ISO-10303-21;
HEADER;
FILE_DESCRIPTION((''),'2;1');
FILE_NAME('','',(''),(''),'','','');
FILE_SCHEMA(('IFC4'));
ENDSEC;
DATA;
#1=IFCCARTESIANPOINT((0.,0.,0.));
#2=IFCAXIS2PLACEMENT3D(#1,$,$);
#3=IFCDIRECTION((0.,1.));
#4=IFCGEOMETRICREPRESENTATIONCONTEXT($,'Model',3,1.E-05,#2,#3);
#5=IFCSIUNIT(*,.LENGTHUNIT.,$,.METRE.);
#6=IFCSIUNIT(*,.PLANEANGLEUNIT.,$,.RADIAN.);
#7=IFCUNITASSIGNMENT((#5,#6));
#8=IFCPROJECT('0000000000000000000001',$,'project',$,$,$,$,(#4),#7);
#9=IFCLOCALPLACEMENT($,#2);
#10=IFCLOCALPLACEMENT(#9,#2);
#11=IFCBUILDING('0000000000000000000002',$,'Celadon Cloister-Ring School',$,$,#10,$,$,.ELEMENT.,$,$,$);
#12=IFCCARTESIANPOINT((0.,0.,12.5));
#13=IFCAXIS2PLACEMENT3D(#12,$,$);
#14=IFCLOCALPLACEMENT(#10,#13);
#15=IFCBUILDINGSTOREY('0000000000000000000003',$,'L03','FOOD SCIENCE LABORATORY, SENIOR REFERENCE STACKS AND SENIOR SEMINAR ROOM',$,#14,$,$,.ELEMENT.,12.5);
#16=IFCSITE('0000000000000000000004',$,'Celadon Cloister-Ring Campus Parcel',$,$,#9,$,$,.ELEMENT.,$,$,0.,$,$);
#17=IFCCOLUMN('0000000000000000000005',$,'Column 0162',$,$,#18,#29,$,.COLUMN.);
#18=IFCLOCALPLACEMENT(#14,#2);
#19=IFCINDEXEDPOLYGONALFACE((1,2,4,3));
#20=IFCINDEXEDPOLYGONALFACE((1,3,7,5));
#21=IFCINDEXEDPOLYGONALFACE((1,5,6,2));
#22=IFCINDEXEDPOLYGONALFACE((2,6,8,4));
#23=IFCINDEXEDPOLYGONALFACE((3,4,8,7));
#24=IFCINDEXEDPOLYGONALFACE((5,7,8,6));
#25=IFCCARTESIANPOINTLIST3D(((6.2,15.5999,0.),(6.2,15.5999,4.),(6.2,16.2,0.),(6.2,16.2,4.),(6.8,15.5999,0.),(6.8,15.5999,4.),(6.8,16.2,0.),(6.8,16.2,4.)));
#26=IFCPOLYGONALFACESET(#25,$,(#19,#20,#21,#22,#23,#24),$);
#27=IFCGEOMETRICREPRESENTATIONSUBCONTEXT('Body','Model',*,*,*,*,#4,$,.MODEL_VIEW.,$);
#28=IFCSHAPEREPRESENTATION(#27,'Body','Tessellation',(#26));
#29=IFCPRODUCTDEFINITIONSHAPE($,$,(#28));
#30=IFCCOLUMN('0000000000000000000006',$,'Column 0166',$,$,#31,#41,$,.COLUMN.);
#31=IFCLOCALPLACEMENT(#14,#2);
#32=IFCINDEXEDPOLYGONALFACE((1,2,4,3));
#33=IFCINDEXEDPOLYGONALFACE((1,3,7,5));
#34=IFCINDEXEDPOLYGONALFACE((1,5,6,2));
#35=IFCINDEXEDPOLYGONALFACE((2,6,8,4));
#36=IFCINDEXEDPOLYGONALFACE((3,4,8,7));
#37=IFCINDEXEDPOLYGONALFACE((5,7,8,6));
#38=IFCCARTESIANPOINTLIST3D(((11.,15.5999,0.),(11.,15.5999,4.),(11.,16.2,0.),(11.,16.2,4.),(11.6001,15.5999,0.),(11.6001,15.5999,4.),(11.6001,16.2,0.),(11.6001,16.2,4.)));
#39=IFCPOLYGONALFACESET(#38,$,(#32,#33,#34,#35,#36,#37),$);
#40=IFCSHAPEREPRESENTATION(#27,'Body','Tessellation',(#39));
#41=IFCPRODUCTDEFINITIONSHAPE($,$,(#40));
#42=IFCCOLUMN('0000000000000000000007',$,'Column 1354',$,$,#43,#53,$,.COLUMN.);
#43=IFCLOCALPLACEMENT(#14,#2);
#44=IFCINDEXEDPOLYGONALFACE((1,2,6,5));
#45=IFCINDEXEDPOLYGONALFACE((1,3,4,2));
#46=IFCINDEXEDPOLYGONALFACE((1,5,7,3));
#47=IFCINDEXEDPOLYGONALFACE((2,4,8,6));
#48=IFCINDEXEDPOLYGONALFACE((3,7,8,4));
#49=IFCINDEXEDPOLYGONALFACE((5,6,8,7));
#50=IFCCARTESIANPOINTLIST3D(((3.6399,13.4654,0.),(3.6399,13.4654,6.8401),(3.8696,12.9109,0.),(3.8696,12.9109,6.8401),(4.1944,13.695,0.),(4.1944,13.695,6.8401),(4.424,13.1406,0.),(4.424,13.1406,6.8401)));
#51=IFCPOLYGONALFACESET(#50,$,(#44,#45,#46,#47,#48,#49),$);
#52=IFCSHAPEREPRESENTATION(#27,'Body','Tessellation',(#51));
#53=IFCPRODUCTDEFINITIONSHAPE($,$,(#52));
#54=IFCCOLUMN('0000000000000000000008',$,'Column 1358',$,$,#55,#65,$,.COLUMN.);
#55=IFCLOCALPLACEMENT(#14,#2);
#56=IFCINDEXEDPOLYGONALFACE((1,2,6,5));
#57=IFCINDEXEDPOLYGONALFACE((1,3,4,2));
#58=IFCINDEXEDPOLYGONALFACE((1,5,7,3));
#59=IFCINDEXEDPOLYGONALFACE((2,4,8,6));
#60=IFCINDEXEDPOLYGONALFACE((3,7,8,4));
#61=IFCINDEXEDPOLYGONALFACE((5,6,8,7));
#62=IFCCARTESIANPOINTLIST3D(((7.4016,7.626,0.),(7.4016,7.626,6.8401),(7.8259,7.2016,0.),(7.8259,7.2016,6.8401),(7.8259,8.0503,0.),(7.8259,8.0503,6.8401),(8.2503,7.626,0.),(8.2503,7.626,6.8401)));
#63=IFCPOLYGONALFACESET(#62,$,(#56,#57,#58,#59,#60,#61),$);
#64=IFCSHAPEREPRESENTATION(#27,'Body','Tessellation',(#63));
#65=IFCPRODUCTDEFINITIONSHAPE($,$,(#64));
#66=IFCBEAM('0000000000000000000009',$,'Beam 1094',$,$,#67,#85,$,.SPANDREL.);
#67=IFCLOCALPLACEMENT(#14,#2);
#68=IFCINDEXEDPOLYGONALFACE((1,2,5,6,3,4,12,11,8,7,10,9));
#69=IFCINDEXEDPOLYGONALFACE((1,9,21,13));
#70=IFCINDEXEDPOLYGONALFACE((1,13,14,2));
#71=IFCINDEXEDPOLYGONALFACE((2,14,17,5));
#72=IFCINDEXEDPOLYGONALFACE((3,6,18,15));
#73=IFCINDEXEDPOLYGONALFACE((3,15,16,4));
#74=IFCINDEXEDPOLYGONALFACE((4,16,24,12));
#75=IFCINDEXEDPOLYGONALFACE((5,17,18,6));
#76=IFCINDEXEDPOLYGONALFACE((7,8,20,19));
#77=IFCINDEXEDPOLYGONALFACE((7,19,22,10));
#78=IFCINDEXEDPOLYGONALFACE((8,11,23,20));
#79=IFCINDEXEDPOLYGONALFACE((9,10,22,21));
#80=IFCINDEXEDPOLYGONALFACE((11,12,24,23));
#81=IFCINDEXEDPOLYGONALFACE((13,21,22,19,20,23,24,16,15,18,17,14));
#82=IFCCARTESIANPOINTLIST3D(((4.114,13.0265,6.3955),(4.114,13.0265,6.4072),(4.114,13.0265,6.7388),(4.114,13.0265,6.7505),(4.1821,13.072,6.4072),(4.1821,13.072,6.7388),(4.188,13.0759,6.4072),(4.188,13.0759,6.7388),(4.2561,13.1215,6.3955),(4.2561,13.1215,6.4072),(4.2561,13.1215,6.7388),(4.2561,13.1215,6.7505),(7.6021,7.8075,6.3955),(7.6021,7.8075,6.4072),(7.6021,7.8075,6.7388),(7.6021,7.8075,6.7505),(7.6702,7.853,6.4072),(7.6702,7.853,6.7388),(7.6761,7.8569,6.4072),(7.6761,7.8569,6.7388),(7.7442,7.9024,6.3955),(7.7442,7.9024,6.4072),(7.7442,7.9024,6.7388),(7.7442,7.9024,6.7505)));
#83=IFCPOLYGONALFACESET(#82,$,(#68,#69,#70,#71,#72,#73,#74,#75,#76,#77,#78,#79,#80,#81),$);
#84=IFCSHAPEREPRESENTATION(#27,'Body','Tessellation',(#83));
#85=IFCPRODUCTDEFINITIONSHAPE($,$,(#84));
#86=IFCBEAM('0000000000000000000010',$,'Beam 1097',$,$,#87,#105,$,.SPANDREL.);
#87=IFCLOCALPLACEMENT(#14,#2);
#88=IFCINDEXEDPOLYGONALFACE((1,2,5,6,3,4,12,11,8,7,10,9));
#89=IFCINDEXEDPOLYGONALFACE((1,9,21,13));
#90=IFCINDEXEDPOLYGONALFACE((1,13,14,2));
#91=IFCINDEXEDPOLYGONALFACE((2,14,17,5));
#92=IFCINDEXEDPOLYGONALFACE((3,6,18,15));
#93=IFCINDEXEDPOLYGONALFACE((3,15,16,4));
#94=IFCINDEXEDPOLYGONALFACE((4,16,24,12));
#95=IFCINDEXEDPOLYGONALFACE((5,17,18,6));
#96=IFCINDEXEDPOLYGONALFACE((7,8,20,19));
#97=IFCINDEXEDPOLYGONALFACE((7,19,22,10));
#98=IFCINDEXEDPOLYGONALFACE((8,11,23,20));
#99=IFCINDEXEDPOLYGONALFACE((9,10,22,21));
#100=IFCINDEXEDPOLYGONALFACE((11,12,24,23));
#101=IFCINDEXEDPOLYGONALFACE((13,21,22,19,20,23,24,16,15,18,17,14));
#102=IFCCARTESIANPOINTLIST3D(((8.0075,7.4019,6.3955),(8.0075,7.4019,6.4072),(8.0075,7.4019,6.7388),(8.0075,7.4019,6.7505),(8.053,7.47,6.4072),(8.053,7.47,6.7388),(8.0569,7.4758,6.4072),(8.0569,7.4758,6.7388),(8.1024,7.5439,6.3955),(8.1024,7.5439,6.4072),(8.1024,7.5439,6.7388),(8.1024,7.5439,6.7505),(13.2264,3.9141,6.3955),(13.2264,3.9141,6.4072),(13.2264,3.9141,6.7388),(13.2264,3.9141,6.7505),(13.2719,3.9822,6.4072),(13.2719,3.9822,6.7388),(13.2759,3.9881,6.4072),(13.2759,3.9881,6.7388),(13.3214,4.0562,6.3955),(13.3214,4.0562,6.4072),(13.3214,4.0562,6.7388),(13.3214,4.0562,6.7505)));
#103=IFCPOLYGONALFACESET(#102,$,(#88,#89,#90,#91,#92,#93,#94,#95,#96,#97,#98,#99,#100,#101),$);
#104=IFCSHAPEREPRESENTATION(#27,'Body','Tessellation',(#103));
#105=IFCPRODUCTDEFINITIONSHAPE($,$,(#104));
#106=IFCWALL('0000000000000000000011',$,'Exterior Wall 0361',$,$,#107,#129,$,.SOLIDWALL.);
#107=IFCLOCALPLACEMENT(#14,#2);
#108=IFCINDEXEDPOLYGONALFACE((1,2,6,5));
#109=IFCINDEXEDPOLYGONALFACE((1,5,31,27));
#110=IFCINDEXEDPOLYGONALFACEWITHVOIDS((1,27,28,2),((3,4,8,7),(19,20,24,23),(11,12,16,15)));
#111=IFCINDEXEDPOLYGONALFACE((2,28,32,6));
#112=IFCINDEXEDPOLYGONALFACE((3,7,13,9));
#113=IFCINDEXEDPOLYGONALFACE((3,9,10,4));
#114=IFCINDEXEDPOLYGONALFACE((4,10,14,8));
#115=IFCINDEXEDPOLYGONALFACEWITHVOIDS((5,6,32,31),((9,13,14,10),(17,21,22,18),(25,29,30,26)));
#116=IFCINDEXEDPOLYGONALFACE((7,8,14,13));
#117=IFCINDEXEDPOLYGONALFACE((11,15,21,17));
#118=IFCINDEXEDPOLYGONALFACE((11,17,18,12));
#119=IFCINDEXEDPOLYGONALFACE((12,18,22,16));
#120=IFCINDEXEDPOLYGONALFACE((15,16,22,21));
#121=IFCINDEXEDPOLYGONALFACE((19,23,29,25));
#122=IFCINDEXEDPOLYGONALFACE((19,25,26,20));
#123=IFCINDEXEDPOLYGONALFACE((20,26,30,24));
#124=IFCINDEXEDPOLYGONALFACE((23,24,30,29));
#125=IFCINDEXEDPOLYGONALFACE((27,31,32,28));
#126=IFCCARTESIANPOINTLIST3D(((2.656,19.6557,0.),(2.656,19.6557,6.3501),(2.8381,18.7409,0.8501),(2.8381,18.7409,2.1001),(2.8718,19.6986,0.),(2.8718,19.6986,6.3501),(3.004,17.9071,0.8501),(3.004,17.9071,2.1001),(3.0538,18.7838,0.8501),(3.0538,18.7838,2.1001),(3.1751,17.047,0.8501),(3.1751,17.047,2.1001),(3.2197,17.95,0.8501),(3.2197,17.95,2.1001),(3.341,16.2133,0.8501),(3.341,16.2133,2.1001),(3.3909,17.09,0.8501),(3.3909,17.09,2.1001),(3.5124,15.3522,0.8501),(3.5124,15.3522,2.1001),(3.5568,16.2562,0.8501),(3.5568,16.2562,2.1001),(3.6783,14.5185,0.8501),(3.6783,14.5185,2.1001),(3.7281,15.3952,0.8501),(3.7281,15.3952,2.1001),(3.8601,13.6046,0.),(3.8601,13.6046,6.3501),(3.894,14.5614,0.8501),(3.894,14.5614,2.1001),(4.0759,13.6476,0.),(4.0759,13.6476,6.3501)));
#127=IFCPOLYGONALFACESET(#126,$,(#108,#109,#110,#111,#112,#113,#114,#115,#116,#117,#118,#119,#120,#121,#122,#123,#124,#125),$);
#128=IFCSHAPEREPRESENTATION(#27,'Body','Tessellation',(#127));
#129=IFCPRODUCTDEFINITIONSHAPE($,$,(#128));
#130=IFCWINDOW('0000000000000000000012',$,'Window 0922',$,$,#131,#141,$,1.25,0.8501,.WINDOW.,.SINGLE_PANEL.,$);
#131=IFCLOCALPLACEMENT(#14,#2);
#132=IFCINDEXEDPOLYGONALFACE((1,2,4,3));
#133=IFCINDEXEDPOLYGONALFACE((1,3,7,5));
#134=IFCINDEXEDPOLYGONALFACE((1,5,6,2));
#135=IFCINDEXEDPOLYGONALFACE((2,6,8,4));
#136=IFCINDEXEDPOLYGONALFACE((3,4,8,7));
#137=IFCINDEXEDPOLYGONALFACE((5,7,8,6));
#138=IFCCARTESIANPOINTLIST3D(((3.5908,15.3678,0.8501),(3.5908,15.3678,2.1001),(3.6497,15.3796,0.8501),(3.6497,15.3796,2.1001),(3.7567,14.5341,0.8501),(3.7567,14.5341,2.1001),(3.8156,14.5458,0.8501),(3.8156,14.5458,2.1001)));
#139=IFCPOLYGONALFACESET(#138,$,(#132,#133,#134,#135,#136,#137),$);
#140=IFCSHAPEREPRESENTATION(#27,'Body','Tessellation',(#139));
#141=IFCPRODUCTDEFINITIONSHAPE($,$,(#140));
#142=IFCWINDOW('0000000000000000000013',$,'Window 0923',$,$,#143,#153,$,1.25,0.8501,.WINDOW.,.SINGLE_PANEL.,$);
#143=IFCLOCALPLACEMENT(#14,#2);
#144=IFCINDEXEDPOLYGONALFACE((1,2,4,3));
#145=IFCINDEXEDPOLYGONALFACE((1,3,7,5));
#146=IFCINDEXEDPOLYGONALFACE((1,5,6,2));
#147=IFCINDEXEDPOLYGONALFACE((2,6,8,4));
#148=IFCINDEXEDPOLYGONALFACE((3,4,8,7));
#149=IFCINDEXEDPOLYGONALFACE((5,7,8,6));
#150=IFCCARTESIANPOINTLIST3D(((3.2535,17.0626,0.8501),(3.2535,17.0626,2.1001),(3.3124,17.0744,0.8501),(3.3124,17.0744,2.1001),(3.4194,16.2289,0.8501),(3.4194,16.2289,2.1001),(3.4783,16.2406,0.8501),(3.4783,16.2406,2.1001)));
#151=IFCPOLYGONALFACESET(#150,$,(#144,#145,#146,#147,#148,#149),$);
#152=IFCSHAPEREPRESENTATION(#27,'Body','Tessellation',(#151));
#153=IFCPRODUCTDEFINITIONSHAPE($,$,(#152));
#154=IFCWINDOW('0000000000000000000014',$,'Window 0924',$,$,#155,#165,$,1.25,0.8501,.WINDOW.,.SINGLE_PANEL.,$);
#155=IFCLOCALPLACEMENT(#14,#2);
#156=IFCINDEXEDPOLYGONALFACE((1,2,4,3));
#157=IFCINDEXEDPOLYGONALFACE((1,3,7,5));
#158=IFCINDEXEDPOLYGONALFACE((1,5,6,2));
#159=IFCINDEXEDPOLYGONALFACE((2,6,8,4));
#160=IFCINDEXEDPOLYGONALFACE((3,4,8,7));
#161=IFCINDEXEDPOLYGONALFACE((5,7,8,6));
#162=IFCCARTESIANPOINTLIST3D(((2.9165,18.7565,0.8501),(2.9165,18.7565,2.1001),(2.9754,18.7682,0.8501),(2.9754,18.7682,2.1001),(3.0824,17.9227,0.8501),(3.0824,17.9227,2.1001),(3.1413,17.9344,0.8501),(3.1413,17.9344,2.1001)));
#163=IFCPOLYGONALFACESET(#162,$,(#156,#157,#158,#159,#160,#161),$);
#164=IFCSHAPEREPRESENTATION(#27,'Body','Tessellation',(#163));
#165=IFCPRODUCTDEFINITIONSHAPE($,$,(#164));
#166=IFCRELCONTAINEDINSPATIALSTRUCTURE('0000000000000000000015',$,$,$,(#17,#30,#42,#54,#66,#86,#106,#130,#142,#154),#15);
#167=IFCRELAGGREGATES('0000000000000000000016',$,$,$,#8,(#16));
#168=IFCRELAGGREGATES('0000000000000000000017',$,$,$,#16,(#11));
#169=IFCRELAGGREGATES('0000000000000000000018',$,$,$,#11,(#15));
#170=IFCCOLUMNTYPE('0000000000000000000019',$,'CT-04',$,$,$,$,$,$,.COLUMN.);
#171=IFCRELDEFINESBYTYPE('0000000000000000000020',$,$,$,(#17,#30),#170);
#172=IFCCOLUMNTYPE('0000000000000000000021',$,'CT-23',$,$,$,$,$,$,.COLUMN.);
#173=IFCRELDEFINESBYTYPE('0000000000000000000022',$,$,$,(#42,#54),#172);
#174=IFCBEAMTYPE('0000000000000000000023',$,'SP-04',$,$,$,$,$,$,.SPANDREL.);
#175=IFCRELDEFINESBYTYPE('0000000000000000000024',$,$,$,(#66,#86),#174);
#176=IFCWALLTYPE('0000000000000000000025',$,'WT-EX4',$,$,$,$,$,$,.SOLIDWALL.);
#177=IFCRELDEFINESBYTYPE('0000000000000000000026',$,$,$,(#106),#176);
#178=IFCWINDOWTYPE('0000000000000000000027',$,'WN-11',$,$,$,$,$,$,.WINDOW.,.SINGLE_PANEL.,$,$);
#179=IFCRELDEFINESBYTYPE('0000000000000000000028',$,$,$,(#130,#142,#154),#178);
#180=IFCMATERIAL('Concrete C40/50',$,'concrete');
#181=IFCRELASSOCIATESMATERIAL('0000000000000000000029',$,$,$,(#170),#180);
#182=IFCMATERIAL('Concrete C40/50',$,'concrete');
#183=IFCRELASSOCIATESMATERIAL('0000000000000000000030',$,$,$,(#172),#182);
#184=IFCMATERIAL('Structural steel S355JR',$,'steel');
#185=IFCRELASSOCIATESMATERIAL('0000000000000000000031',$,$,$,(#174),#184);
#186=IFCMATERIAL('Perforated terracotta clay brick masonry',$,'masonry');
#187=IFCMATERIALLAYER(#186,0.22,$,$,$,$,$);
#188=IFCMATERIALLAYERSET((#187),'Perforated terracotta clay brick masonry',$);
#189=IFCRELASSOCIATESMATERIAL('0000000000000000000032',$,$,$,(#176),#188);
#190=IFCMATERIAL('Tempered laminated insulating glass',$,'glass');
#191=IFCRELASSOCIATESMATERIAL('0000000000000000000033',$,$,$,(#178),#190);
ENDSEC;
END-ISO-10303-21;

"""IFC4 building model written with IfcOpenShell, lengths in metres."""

from ifc_helpers import new_model, si_unit, direction, frame, frame_2d, origin, origin_2d, place, context, subcontext, project, spatial, rectangle, i_section, extrude, material, layer, layer_set, material_profile, profile_set, type_object, element, fill, save


model = new_model("IFC4")

# Units and contexts
model_context = context("Model", 3, precision=1e-05, world=origin(), true_north=direction((0.0, 1.0)))
body_context = subcontext(model_context, "Body", "Model", "MODEL_VIEW")
ifc_project = project(units=[si_unit("LENGTHUNIT", "METRE"), si_unit("PLANEANGLEUNIT", "RADIAN")], contexts=[model_context])

# Site, building, storey
site_placement = place(None, origin())
site = spatial("IfcSite", under=ifc_project, at=site_placement, Name="Celadon Cloister-Ring Campus Parcel", CompositionType="ELEMENT", RefElevation=0.0)
building_placement = place(site_placement, origin())
building = spatial("IfcBuilding", under=site, at=building_placement, Name="Celadon Cloister-Ring School", CompositionType="ELEMENT")
storey_placement = place(building_placement, frame((0.0, 0.0, 12.5)))
storey = spatial("IfcBuildingStorey", under=building, at=storey_placement, Name="L03", Description="FOOD SCIENCE LABORATORY, SENIOR REFERENCE STACKS AND SENIOR SEMINAR ROOM", CompositionType="ELEMENT", Elevation=12.5)

# Columns
ifc_material_1 = material(Name="Concrete C40/50", Category="concrete")
ifc_material_profile_1 = material_profile(ifc_material_1, rectangle(XDim=0.6001, YDim=0.6001, at=origin_2d()), Name="RC600X600")
ifc_profile_set_1 = profile_set([ifc_material_profile_1], Name="Concrete C40/50")
column_type_1 = type_object("IfcColumnType", Name="CT-04", PredefinedType="COLUMN", material=ifc_profile_set_1)
for number, where, z_axis, x_axis, name in (
    (1, (6.5, 15.8999, 0.0), (0.0, 0.0, 1.0), (1.0, 0.0, 0.0), "Column 0162"),
    (2, (11.3, 15.8999, 0.0), (0.0, 0.0, 1.0), (1.0, 0.0, 0.0), "Column 0166"),
):
    element("IfcColumn", number, at=place(storey_placement, frame(where, z_axis=z_axis, x_axis=x_axis)), inside=storey, type_object=column_type_1, Name=name, PredefinedType="COLUMN", context=body_context, shape_type="SweptSolid", body=[
        extrude(rectangle(XDim=0.6001, YDim=0.6001, at=origin_2d()), origin(), (0.0, 0.0, 1.0), 4.0),
    ])
ifc_material_2 = material(Name="Concrete C40/50", Category="concrete")
ifc_material_profile_2 = material_profile(ifc_material_2, rectangle(XDim=0.6001, YDim=0.6001, at=origin_2d()), Name="RC600X600")
ifc_profile_set_2 = profile_set([ifc_material_profile_2], Name="Concrete C40/50")
column_type_2 = type_object("IfcColumnType", Name="CT-23", PredefinedType="COLUMN", material=ifc_profile_set_2)
for number, where, z_axis, x_axis, name in (
    (3, (4.032, 13.303, 0.0), (0.0, 0.0, 1.0), (-0.92388, -0.382683, 0.0), "Column 1354"),
    (4, (7.8259, 7.626, 0.0), (0.0, 0.0, 1.0), (-0.707107, -0.707107, 0.0), "Column 1358"),
):
    element("IfcColumn", number, at=place(storey_placement, frame(where, z_axis=z_axis, x_axis=x_axis)), inside=storey, type_object=column_type_2, Name=name, PredefinedType="COLUMN", context=body_context, shape_type="SweptSolid", body=[
        extrude(rectangle(XDim=0.6001, YDim=0.6001, at=origin_2d()), origin(), (0.0, 0.0, 1.0), 6.8401),
    ])

# Beams
ifc_material_3 = material(Name="Structural steel S355JR", Category="steel")
ifc_material_profile_3 = material_profile(ifc_material_3, i_section(OverallWidth=0.1709, OverallDepth=0.355, WebThickness=0.0071, FlangeThickness=0.0117, at=origin_2d()), Name="W360X51")
ifc_profile_set_3 = profile_set([ifc_material_profile_3], Name="Structural steel S355JR")
beam_type = type_object("IfcBeamType", Name="SP-04", PredefinedType="SPANDREL", material=ifc_profile_set_3)
beam_1_placement = place(storey_placement, frame((4.1851, 13.074, 6.573), z_axis=(0.55566, -0.83141, 0.0), x_axis=(0.83141, 0.55566, 0.0)))
element("IfcBeam", 5, at=beam_1_placement, inside=storey, type_object=beam_type, Name="Beam 1094", PredefinedType="SPANDREL", context=body_context, shape_type="SweptSolid", body=[
    extrude(i_section(OverallWidth=0.1709, OverallDepth=0.355, WebThickness=0.0071, FlangeThickness=0.0117, at=origin_2d()), origin(), (0.0, 0.0, 1.0), 6.2773),
])
beam_2_placement = place(storey_placement, frame((8.0549, 7.4729, 6.573), z_axis=(0.831427, -0.555633, 0.0), x_axis=(0.555633, 0.831427, 0.0)))
element("IfcBeam", 6, at=beam_2_placement, inside=storey, type_object=beam_type, Name="Beam 1097", PredefinedType="SPANDREL", context=body_context, shape_type="SweptSolid", body=[
    extrude(i_section(OverallWidth=0.1709, OverallDepth=0.355, WebThickness=0.0071, FlangeThickness=0.0117, at=origin_2d()), origin(), (0.0, 0.0, 1.0), 6.2771),
])

# Wall, openings, windows
ifc_material_4 = material(Name="Perforated terracotta clay brick masonry", Category="masonry")
ifc_layer_1 = layer(ifc_material_4, 0.22)
ifc_layer_set_1 = layer_set([ifc_layer_1], Name="Perforated terracotta clay brick masonry")
wall_type_1 = type_object("IfcWallType", Name="WT-EX4", PredefinedType="SOLIDWALL", material=ifc_layer_set_1)
wall_1_placement = place(storey_placement, frame((3.968, 13.626, 0.0), z_axis=(0.0, 0.0, 1.0), x_axis=(-0.195165, 0.98077, 0.0)))
wall_1 = element("IfcWall", 7, at=wall_1_placement, inside=storey, type_object=wall_type_1, Name="Exterior Wall 0361", PredefinedType="SOLIDWALL", context=body_context, shape_type="SweptSolid", body=[
    extrude(rectangle(XDim=6.1697, YDim=0.22, at=frame_2d((3.085, 0.0))), origin(), (0.0, 0.0, 1.0), 6.3501),
])
opening_1_placement = place(wall_1_placement, frame((0.9319, 0.0, 0.8501)))
opening_1 = element("IfcOpeningElement", 8, at=opening_1_placement, cuts=wall_1, PredefinedType="OPENING", context=body_context, shape_type="SweptSolid", body=[
    extrude(rectangle(XDim=0.8501, YDim=1.25, at=frame_2d((0.425, 0.625))), frame((0.0, 0.1201, 0.0), z_axis=(0.0, -1.0, 0.0), x_axis=(1.0, 0.0, 0.0)), (0.0, 0.0, 1.0), 0.24),
])
opening_2_placement = place(wall_1_placement, frame((2.6599, 0.0, 0.8501)))
opening_2 = element("IfcOpeningElement", 9, at=opening_2_placement, cuts=wall_1, PredefinedType="OPENING", context=body_context, shape_type="SweptSolid", body=[
    extrude(rectangle(XDim=0.8501, YDim=1.25, at=frame_2d((0.425, 0.625))), frame((0.0, 0.1201, 0.0), z_axis=(0.0, -1.0, 0.0), x_axis=(1.0, 0.0, 0.0)), (0.0, 0.0, 1.0), 0.24),
])
opening_3_placement = place(wall_1_placement, frame((4.387, 0.0, 0.8501)))
opening_3 = element("IfcOpeningElement", 10, at=opening_3_placement, cuts=wall_1, PredefinedType="OPENING", context=body_context, shape_type="SweptSolid", body=[
    extrude(rectangle(XDim=0.8501, YDim=1.25, at=frame_2d((0.425, 0.625))), frame((0.0, 0.1201, 0.0), z_axis=(0.0, -1.0, 0.0), x_axis=(1.0, 0.0, 0.0)), (0.0, 0.0, 1.0), 0.24),
])
ifc_material_5 = material(Name="Tempered laminated insulating glass", Category="glass")
window_type = type_object("IfcWindowType", Name="WN-11", PartitioningType="SINGLE_PANEL", PredefinedType="WINDOW", material=ifc_material_5)
window_1_placement = place(opening_1_placement, origin())
window_1 = element("IfcWindow", 11, at=window_1_placement, inside=storey, type_object=window_type, Name="Window 0922", OverallHeight=1.25, OverallWidth=0.8501, PartitioningType="SINGLE_PANEL", PredefinedType="WINDOW", context=body_context, shape_type="SweptSolid", body=[
    extrude(rectangle(XDim=0.8501, YDim=1.25, at=frame_2d((0.425, 0.625))), frame((0.0, 0.03, 0.0), z_axis=(0.0, -1.0, 0.0), x_axis=(1.0, 0.0, 0.0)), (0.0, 0.0, 1.0), 0.0601),
])
fill(opening_1, window_1)
window_2_placement = place(opening_2_placement, origin())
window_2 = element("IfcWindow", 12, at=window_2_placement, inside=storey, type_object=window_type, Name="Window 0923", OverallHeight=1.25, OverallWidth=0.8501, PartitioningType="SINGLE_PANEL", PredefinedType="WINDOW", context=body_context, shape_type="SweptSolid", body=[
    extrude(rectangle(XDim=0.8501, YDim=1.25, at=frame_2d((0.425, 0.625))), frame((0.0, 0.03, 0.0), z_axis=(0.0, -1.0, 0.0), x_axis=(1.0, 0.0, 0.0)), (0.0, 0.0, 1.0), 0.0601),
])
fill(opening_2, window_2)
window_3_placement = place(opening_3_placement, origin())
window_3 = element("IfcWindow", 13, at=window_3_placement, inside=storey, type_object=window_type, Name="Window 0924", OverallHeight=1.25, OverallWidth=0.8501, PartitioningType="SINGLE_PANEL", PredefinedType="WINDOW", context=body_context, shape_type="SweptSolid", body=[
    extrude(rectangle(XDim=0.8501, YDim=1.25, at=frame_2d((0.425, 0.625))), frame((0.0, 0.03, 0.0), z_axis=(0.0, -1.0, 0.0), x_axis=(1.0, 0.0, 0.0)), (0.0, 0.0, 1.0), 0.0601),
])
fill(opening_3, window_3)

save(model, "model.ifc")
